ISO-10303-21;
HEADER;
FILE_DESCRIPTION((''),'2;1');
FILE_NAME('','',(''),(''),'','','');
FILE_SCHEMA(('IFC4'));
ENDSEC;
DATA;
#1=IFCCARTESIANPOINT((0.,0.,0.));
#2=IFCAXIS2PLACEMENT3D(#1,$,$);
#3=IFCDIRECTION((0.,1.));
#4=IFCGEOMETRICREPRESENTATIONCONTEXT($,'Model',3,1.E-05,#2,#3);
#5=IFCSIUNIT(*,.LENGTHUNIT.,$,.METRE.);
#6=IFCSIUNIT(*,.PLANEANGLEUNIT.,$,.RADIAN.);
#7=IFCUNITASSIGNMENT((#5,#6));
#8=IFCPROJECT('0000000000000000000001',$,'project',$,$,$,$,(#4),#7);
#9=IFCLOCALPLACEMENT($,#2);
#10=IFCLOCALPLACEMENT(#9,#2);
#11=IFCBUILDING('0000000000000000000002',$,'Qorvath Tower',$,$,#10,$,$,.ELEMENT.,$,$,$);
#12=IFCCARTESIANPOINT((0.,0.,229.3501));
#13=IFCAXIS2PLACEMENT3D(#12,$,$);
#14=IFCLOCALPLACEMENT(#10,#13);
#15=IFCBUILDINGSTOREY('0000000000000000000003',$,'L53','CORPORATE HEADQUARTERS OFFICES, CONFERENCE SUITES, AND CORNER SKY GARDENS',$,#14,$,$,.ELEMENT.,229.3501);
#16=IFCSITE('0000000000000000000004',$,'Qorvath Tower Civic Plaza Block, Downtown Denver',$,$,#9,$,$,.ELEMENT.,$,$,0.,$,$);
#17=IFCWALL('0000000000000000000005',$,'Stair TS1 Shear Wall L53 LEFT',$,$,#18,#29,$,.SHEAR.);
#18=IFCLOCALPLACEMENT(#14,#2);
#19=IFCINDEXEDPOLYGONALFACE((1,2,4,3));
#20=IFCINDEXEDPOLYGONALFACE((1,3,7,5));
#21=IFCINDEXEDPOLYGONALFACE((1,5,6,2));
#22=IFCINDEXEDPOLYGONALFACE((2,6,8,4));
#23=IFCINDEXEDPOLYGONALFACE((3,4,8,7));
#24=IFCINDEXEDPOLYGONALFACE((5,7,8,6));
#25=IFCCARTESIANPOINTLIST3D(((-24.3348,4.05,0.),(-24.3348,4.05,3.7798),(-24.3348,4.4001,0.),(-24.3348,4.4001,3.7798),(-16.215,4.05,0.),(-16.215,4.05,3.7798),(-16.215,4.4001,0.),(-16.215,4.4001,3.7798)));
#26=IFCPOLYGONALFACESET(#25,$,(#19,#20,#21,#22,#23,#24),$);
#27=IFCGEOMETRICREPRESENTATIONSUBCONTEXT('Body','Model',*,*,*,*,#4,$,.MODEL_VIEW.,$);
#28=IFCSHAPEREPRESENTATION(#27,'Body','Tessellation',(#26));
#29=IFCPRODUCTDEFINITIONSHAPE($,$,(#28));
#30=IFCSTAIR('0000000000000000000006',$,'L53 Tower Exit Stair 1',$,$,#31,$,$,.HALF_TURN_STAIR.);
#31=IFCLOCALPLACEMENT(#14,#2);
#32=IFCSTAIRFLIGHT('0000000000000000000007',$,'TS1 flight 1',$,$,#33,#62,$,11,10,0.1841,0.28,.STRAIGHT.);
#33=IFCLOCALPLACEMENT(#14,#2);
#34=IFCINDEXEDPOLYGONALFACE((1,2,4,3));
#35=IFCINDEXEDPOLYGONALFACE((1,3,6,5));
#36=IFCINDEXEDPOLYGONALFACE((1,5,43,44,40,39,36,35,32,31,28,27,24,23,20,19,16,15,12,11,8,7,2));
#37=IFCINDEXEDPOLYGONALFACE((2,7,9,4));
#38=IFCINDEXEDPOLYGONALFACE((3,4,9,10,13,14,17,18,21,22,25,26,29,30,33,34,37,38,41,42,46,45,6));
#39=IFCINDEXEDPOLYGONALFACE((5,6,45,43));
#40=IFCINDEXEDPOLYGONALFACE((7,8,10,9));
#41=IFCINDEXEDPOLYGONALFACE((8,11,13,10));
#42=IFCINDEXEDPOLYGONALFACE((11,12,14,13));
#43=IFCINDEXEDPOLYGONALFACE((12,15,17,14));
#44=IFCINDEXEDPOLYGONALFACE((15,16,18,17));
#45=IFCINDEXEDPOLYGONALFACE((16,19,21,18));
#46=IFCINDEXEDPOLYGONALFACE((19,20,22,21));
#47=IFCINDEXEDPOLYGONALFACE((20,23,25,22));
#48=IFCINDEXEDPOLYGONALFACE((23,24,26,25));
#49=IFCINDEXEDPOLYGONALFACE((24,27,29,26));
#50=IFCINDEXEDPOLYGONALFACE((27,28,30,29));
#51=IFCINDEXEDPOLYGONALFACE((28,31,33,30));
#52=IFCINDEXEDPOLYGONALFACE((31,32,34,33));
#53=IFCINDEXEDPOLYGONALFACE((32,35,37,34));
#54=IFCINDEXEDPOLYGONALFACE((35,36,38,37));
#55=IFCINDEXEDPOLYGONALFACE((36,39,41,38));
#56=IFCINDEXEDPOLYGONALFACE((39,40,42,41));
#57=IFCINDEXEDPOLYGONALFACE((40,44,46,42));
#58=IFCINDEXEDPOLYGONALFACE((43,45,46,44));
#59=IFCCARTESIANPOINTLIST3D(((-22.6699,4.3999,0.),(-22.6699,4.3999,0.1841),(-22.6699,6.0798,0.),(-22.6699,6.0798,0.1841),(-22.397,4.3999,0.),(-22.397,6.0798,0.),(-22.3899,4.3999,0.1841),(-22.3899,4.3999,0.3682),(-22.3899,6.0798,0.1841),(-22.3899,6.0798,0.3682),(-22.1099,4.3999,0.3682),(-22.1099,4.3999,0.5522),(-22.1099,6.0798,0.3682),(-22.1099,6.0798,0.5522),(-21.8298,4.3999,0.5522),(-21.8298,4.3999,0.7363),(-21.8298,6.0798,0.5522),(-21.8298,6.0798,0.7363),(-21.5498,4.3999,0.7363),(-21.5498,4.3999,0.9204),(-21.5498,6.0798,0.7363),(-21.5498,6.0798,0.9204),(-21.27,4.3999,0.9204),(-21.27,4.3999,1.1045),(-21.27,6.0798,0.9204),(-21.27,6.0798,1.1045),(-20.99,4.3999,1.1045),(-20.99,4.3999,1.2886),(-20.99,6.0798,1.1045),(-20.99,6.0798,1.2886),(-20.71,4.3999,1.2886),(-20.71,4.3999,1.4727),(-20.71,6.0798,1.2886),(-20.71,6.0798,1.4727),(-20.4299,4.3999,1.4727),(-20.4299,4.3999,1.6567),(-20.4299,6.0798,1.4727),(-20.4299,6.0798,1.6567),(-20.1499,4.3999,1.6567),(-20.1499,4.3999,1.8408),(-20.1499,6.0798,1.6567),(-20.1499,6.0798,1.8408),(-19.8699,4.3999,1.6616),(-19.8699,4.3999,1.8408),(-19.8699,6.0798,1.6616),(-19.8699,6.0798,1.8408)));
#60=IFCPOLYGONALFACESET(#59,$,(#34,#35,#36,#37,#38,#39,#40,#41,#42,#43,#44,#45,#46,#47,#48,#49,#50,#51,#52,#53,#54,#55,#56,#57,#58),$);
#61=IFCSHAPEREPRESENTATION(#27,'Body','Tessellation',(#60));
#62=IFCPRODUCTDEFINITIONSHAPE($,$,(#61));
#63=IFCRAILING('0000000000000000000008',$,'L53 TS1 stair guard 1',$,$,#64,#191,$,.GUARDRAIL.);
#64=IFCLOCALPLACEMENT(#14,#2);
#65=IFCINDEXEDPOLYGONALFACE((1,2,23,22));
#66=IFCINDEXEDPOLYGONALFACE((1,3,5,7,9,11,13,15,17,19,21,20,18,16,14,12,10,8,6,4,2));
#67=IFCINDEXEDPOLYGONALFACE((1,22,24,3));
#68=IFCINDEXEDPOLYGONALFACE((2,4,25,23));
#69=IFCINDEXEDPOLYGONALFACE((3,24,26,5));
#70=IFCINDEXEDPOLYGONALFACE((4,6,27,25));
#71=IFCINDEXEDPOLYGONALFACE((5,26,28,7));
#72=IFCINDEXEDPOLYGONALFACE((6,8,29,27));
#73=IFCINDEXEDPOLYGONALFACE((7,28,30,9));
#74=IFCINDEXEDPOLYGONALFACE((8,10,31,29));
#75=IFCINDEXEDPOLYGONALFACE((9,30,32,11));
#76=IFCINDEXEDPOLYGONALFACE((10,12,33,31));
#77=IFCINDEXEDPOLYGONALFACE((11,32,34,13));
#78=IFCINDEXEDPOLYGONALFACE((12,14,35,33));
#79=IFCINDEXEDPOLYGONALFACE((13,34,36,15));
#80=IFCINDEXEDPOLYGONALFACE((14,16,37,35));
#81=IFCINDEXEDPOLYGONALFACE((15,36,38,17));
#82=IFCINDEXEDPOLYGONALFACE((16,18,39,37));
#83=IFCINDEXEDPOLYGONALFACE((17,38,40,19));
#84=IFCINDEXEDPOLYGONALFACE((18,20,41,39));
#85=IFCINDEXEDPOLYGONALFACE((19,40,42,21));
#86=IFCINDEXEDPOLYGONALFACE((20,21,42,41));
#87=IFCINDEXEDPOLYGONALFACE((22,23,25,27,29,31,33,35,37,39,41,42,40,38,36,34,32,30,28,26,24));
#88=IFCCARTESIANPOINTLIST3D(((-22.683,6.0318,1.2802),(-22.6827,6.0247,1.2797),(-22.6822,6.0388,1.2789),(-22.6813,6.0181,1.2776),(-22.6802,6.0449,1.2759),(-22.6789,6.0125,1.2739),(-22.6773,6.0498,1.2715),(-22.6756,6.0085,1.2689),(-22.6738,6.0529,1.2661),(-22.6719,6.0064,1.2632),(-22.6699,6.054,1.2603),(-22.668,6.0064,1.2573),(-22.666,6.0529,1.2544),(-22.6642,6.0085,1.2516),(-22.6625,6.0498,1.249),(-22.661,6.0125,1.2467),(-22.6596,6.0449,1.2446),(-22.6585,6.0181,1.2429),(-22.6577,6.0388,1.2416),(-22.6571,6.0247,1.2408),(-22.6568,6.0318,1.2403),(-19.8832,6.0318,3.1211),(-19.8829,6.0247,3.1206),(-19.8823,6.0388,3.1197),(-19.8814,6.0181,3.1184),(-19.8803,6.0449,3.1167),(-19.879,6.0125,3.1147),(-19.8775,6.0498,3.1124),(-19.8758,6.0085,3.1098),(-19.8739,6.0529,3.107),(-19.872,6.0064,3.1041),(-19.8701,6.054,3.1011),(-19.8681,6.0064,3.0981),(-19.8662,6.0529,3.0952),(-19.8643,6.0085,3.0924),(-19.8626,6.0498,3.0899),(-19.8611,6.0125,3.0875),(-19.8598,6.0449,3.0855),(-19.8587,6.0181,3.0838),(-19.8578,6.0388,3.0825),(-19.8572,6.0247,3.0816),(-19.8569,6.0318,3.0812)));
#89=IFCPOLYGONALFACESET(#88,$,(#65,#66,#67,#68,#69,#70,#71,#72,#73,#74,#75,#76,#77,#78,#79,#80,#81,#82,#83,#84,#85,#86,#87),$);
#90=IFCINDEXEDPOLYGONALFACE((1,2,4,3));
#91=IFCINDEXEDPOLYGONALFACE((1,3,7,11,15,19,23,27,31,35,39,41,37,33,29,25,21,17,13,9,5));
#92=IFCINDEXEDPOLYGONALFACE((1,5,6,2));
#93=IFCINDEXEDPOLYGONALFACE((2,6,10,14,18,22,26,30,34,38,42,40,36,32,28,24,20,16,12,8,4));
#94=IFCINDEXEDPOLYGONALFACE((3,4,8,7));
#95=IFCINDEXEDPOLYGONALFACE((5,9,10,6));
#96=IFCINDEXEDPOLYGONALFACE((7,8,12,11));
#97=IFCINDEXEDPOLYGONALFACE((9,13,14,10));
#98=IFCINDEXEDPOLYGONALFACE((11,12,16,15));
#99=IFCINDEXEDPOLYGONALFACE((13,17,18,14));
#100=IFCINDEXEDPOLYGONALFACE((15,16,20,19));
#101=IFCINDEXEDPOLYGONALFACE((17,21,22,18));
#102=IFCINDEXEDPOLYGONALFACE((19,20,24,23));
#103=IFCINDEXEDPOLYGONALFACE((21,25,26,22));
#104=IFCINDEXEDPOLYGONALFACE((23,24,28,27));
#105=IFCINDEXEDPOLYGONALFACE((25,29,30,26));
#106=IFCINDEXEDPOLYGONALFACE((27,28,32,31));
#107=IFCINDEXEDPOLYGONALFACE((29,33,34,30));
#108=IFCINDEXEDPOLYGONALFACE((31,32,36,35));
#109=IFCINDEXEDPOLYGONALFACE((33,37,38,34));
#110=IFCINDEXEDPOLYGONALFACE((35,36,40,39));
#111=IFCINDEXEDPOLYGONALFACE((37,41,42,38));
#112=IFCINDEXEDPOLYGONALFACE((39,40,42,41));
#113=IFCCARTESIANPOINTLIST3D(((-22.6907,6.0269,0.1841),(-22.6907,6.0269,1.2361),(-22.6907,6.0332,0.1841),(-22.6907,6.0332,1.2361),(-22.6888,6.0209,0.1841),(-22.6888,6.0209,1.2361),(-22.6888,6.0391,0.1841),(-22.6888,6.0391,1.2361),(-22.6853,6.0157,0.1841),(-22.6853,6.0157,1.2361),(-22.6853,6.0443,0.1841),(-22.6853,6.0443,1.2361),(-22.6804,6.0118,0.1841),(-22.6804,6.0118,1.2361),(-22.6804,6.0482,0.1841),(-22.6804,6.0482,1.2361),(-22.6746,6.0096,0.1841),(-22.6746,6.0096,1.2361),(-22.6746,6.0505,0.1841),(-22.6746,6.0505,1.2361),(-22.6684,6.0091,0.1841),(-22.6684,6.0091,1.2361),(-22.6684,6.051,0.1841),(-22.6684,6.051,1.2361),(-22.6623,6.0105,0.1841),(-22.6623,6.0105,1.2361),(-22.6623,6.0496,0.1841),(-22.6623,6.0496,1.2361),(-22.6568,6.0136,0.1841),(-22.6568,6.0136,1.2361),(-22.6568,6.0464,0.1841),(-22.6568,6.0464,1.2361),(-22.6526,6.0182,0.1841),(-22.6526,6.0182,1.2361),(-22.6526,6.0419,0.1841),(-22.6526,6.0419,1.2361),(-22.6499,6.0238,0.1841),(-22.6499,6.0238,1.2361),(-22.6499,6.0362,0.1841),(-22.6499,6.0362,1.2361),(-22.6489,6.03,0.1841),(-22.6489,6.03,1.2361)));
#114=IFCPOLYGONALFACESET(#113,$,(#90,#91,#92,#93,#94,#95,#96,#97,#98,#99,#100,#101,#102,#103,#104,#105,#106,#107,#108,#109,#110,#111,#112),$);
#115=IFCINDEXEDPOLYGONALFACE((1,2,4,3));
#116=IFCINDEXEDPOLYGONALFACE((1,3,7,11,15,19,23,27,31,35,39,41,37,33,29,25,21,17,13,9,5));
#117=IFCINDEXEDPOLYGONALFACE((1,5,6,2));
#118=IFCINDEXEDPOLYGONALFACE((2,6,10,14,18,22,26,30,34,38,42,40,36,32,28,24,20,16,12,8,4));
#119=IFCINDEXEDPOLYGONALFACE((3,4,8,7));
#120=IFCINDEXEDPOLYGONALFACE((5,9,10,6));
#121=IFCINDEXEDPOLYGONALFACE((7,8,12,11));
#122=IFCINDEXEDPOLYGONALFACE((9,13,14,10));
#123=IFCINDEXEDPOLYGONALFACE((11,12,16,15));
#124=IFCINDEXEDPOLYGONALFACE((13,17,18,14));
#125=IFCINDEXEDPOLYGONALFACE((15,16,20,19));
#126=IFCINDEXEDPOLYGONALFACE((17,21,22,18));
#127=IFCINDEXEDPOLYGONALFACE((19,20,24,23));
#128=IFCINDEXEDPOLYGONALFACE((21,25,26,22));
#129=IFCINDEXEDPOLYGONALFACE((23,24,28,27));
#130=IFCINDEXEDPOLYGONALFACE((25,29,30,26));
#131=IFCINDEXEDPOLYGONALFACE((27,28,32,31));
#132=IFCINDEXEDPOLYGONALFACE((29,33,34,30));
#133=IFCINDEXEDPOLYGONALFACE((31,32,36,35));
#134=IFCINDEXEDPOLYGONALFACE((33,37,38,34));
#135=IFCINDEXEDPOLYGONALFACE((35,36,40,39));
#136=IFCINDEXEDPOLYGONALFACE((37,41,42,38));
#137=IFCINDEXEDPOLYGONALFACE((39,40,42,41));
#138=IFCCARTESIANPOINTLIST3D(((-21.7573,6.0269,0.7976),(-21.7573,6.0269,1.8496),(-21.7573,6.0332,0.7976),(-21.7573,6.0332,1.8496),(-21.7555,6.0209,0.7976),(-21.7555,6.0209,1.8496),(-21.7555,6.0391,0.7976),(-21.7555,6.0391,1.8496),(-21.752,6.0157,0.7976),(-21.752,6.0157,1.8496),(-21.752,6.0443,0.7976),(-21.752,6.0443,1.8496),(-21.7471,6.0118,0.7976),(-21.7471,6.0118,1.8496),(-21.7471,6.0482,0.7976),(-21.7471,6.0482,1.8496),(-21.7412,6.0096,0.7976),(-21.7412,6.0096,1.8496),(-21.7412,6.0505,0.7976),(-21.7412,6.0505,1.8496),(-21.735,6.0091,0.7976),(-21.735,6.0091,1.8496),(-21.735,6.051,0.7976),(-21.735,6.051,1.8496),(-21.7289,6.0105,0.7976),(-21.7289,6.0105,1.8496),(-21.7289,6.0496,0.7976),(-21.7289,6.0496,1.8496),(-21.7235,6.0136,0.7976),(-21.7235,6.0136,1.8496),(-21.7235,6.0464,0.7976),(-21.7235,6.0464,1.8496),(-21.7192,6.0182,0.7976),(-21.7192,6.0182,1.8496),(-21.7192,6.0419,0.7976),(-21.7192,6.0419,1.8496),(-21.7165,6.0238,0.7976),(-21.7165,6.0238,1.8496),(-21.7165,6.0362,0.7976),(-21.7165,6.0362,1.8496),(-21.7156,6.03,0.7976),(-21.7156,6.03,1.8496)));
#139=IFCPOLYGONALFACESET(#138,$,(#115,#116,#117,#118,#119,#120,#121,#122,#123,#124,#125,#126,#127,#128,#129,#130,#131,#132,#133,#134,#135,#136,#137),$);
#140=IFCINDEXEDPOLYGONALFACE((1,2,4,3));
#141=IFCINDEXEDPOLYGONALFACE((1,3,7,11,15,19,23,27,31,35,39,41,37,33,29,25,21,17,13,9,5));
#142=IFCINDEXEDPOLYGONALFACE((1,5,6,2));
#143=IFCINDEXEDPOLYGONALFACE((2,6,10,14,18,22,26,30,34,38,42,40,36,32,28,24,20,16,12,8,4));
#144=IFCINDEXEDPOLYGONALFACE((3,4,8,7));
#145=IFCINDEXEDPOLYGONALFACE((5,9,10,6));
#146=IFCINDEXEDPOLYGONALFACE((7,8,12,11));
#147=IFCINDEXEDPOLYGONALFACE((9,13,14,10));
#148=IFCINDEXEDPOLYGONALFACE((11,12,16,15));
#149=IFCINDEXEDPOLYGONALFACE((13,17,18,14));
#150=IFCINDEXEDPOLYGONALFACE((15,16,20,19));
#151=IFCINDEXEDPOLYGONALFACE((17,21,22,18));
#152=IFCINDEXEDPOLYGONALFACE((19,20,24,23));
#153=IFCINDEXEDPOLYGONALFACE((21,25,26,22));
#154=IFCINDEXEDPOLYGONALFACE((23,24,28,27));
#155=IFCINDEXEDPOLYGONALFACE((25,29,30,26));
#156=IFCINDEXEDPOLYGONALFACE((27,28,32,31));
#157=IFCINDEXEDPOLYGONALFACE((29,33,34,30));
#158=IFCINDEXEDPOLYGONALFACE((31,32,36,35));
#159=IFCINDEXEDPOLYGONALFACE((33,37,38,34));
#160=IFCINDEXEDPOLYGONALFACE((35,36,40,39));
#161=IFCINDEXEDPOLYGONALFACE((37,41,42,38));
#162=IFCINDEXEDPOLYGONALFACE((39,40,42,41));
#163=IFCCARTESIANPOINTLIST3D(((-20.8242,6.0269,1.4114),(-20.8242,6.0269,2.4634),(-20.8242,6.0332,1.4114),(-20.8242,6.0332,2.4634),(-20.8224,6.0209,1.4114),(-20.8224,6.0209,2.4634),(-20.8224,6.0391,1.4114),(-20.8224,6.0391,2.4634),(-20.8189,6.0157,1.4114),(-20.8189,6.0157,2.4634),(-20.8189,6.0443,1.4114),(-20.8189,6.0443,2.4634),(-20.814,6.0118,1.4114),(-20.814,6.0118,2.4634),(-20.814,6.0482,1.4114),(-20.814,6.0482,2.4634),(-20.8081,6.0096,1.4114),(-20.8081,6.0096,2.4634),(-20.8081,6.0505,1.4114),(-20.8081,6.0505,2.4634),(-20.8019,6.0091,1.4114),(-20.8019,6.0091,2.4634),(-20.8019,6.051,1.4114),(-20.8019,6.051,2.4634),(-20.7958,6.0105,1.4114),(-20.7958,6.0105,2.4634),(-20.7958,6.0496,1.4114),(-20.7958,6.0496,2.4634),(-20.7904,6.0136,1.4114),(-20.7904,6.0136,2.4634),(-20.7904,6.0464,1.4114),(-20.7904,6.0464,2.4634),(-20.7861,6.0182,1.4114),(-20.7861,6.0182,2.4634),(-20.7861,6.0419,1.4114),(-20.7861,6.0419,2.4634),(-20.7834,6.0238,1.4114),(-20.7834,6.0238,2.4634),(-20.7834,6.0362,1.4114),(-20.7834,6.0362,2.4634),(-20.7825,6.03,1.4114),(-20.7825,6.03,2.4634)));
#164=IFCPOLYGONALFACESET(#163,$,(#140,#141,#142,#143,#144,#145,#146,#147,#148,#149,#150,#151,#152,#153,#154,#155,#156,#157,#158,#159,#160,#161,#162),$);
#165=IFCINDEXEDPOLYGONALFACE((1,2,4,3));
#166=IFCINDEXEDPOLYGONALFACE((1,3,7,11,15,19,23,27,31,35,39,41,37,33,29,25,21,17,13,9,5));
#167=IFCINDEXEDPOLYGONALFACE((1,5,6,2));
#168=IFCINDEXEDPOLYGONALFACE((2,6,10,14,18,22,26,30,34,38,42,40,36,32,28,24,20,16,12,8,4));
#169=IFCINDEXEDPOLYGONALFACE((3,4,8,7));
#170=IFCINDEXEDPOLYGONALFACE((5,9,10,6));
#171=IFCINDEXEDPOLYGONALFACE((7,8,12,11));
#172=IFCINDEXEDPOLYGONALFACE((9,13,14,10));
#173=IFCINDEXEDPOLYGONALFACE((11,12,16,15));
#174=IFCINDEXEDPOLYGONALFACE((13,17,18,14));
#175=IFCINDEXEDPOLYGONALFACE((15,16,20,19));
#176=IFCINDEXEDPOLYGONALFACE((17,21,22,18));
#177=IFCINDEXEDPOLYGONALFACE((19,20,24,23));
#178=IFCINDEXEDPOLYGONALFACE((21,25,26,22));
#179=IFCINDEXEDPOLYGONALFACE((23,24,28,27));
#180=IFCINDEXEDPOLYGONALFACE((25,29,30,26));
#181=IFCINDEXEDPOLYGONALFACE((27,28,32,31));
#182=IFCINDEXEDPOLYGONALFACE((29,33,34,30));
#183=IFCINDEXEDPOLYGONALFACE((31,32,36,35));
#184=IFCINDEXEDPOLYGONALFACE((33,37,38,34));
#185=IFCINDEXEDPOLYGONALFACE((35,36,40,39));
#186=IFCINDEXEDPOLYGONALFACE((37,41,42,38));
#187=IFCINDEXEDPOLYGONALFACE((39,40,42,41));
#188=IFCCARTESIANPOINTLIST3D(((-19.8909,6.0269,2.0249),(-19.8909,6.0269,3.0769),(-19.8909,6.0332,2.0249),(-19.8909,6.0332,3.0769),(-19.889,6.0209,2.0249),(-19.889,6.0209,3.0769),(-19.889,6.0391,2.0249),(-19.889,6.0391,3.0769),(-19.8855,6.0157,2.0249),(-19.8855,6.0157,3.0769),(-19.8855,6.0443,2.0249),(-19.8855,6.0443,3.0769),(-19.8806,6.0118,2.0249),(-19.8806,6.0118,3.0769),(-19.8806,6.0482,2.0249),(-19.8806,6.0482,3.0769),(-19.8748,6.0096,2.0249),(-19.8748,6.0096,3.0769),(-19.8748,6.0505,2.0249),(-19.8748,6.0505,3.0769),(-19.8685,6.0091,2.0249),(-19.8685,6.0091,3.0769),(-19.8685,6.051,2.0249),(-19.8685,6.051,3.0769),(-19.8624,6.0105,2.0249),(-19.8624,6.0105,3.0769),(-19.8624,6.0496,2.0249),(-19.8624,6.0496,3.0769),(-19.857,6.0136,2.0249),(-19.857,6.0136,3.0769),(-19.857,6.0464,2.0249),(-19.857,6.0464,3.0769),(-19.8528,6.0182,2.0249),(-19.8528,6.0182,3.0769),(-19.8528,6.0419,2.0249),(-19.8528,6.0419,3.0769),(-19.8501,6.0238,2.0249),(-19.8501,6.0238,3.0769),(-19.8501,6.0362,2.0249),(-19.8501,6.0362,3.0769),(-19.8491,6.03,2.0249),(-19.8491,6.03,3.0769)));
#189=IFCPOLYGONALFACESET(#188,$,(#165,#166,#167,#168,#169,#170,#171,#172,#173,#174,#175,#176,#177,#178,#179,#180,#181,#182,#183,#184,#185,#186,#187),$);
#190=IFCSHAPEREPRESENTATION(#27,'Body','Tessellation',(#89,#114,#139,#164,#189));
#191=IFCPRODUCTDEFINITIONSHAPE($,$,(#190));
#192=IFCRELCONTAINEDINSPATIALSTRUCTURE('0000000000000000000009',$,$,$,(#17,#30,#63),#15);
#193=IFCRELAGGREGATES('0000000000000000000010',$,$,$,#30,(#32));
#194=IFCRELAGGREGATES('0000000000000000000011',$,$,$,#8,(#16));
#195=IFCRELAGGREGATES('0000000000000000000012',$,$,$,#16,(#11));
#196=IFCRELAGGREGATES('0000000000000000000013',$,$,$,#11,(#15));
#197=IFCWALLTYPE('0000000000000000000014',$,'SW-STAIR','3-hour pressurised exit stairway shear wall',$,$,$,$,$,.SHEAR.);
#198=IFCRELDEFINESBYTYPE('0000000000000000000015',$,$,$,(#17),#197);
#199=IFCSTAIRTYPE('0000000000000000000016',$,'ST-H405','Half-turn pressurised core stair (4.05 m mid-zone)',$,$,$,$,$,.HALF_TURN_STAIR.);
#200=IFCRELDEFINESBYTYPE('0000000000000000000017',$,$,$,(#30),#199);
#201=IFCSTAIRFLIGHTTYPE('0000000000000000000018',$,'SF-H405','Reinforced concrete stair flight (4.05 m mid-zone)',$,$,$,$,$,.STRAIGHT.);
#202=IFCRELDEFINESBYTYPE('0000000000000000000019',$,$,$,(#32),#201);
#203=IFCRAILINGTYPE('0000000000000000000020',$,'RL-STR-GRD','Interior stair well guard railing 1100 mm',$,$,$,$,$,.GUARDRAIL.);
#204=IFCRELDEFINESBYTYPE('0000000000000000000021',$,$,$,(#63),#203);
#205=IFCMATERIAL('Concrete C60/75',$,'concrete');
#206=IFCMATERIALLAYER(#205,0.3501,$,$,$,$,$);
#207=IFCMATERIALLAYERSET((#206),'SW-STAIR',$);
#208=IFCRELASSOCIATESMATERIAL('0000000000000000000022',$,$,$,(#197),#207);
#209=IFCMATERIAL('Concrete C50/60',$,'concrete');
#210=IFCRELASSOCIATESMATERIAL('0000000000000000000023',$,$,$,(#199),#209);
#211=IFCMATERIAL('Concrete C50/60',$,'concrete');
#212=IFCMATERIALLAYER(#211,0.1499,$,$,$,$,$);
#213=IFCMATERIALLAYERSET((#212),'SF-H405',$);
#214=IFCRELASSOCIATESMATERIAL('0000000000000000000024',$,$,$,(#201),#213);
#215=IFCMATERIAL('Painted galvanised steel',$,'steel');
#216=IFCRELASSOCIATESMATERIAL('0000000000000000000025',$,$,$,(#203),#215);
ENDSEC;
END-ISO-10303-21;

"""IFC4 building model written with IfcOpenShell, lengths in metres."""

from ifc_helpers import new_model, si_unit, direction, frame, frame_2d, origin, origin_2d, place, context, subcontext, project, spatial, polyline, rectangle, circle, outline, extrude, material, layer, layer_set, type_object, element, aggregate, save


model = new_model("IFC4")

# Units and contexts
model_context = context("Model", 3, precision=1e-05, world=origin(), true_north=direction((0.0, 1.0)))
body_context = subcontext(model_context, "Body", "Model", "MODEL_VIEW")
ifc_project = project(units=[si_unit("LENGTHUNIT", "METRE"), si_unit("PLANEANGLEUNIT", "RADIAN")], contexts=[model_context])

# Site, building, storey
site_placement = place(None, origin())
site = spatial("IfcSite", under=ifc_project, at=site_placement, Name="Qorvath Tower Civic Plaza Block, Downtown Denver", CompositionType="ELEMENT", RefElevation=0.0)
building_placement = place(site_placement, origin())
building = spatial("IfcBuilding", under=site, at=building_placement, Name="Qorvath Tower", CompositionType="ELEMENT")
storey_placement = place(building_placement, frame((0.0, 0.0, 229.3501)))
storey = spatial("IfcBuildingStorey", under=building, at=storey_placement, Name="L53", Description="CORPORATE HEADQUARTERS OFFICES, CONFERENCE SUITES, AND CORNER SKY GARDENS", CompositionType="ELEMENT", Elevation=229.3501)

# Wall
ifc_material_1 = material(Name="Concrete C60/75", Category="concrete")
ifc_layer_1 = layer(ifc_material_1, 0.3501)
ifc_layer_set_1 = layer_set([ifc_layer_1], Name="SW-STAIR")
wall_type_1 = type_object("IfcWallType", Name="SW-STAIR", Description="3-hour pressurised exit stairway shear wall", PredefinedType="SHEAR", material=ifc_layer_set_1)
wall_1_placement = place(storey_placement, frame((-24.335, 4.2251, 0.0), z_axis=(0.0, 0.0, 1.0), x_axis=(1.0, 0.0, 0.0)))
element("IfcWall", 1, at=wall_1_placement, inside=storey, type_object=wall_type_1, Name="Stair TS1 Shear Wall L53 LEFT", PredefinedType="SHEAR", context=body_context, shape_type="SweptSolid", body=[
    extrude(rectangle(XDim=8.1199, YDim=0.3501, at=frame_2d((4.0601, 0.0))), origin(), (0.0, 0.0, 1.0), 3.7798),
])

# Stair, stair flight
ifc_material_2 = material(Name="Concrete C50/60", Category="concrete")
stair_type = type_object("IfcStairType", Name="ST-H405", Description="Half-turn pressurised core stair (4.05 m mid-zone)", PredefinedType="HALF_TURN_STAIR", material=ifc_material_2)
stair_placement = place(storey_placement, origin())
stair = element("IfcStair", 2, at=stair_placement, inside=storey, type_object=stair_type, Name="L53 Tower Exit Stair 1", PredefinedType="HALF_TURN_STAIR")
ifc_material_3 = material(Name="Concrete C50/60", Category="concrete")
ifc_layer_2 = layer(ifc_material_3, 0.1499)
ifc_layer_set_2 = layer_set([ifc_layer_2], Name="SF-H405")
stair_flight_type = type_object("IfcStairFlightType", Name="SF-H405", Description="Reinforced concrete stair flight (4.05 m mid-zone)", PredefinedType="STRAIGHT", material=ifc_layer_set_2)
stair_flight_placement = place(storey_placement, frame((-22.6699, 5.24, 0.0), z_axis=(0.0, 0.0, 1.0), x_axis=(1.0, 0.0, 0.0)))
stair_flight = element("IfcStairFlight", 3, at=stair_flight_placement, type_object=stair_flight_type, Name="TS1 flight 1", NumberOfRisers=11, NumberOfTreads=10, PredefinedType="STRAIGHT", RiserHeight=0.1841, TreadLength=0.28, context=body_context, shape_type="SweptSolid", body=[
    extrude(outline(polyline([(0.0, 0.0), (0.0, 0.1841), (0.28, 0.1841), (0.28, 0.3682), (0.5601, 0.3682), (0.5601, 0.5522), (0.8401, 0.5522), (0.8401, 0.7363), (1.1201, 0.7363), (1.1201, 0.9204), (1.3999, 0.9204), (1.3999, 1.1045), (1.6799, 1.1045), (1.6799, 1.2886), (1.96, 1.2886), (1.96, 1.4727), (2.24, 1.4727), (2.24, 1.6567), (2.52, 1.6567), (2.52, 1.8408), (2.8, 1.8408), (2.8, 2.0249), (2.8, 1.6616), (0.2729, 0.0), (0.0, 0.0)])), frame((0.0, 0.8398, 0.0), z_axis=(0.0, -1.0, 0.0), x_axis=(1.0, 0.0, 0.0)), (0.0, 0.0, 1.0), 1.6799),
])
aggregate(stair, [stair_flight])

# Railing
ifc_material_4 = material(Name="Painted galvanised steel", Category="steel")
railing_type_1 = type_object("IfcRailingType", Name="RL-STR-GRD", Description="Interior stair well guard railing 1100 mm", PredefinedType="GUARDRAIL", material=ifc_material_4)
railing_1_placement = place(storey_placement, frame((-22.6699, 6.03, 0.1841)))
element("IfcRailing", 4, at=railing_1_placement, inside=storey, type_object=railing_type_1, Name="L53 TS1 stair guard 1", PredefinedType="GUARDRAIL", context=body_context, shape_type="SweptSolid", body=[
    extrude(circle(Radius=0.0239, at=origin_2d()), frame((0.0, 0.0, 1.0762), z_axis=(0.835576, 0.0, 0.549376), x_axis=(0.0, 1.0, 0.0)), (0.0, 0.0, 1.0), 3.3508),
    extrude(circle(Radius=0.021, at=origin_2d()), origin(), (0.0, 0.0, 1.0), 1.052),
    extrude(circle(Radius=0.021, at=origin_2d()), frame((0.9333, 0.0, 0.6135)), (0.0, 0.0, 1.0), 1.052),
    extrude(circle(Radius=0.021, at=origin_2d()), frame((1.8665, 0.0, 1.2273)), (0.0, 0.0, 1.0), 1.052),
    extrude(circle(Radius=0.021, at=origin_2d()), frame((2.7998, 0.0, 1.8408)), (0.0, 0.0, 1.0), 1.052),
])

save(model, "model.ifc")
